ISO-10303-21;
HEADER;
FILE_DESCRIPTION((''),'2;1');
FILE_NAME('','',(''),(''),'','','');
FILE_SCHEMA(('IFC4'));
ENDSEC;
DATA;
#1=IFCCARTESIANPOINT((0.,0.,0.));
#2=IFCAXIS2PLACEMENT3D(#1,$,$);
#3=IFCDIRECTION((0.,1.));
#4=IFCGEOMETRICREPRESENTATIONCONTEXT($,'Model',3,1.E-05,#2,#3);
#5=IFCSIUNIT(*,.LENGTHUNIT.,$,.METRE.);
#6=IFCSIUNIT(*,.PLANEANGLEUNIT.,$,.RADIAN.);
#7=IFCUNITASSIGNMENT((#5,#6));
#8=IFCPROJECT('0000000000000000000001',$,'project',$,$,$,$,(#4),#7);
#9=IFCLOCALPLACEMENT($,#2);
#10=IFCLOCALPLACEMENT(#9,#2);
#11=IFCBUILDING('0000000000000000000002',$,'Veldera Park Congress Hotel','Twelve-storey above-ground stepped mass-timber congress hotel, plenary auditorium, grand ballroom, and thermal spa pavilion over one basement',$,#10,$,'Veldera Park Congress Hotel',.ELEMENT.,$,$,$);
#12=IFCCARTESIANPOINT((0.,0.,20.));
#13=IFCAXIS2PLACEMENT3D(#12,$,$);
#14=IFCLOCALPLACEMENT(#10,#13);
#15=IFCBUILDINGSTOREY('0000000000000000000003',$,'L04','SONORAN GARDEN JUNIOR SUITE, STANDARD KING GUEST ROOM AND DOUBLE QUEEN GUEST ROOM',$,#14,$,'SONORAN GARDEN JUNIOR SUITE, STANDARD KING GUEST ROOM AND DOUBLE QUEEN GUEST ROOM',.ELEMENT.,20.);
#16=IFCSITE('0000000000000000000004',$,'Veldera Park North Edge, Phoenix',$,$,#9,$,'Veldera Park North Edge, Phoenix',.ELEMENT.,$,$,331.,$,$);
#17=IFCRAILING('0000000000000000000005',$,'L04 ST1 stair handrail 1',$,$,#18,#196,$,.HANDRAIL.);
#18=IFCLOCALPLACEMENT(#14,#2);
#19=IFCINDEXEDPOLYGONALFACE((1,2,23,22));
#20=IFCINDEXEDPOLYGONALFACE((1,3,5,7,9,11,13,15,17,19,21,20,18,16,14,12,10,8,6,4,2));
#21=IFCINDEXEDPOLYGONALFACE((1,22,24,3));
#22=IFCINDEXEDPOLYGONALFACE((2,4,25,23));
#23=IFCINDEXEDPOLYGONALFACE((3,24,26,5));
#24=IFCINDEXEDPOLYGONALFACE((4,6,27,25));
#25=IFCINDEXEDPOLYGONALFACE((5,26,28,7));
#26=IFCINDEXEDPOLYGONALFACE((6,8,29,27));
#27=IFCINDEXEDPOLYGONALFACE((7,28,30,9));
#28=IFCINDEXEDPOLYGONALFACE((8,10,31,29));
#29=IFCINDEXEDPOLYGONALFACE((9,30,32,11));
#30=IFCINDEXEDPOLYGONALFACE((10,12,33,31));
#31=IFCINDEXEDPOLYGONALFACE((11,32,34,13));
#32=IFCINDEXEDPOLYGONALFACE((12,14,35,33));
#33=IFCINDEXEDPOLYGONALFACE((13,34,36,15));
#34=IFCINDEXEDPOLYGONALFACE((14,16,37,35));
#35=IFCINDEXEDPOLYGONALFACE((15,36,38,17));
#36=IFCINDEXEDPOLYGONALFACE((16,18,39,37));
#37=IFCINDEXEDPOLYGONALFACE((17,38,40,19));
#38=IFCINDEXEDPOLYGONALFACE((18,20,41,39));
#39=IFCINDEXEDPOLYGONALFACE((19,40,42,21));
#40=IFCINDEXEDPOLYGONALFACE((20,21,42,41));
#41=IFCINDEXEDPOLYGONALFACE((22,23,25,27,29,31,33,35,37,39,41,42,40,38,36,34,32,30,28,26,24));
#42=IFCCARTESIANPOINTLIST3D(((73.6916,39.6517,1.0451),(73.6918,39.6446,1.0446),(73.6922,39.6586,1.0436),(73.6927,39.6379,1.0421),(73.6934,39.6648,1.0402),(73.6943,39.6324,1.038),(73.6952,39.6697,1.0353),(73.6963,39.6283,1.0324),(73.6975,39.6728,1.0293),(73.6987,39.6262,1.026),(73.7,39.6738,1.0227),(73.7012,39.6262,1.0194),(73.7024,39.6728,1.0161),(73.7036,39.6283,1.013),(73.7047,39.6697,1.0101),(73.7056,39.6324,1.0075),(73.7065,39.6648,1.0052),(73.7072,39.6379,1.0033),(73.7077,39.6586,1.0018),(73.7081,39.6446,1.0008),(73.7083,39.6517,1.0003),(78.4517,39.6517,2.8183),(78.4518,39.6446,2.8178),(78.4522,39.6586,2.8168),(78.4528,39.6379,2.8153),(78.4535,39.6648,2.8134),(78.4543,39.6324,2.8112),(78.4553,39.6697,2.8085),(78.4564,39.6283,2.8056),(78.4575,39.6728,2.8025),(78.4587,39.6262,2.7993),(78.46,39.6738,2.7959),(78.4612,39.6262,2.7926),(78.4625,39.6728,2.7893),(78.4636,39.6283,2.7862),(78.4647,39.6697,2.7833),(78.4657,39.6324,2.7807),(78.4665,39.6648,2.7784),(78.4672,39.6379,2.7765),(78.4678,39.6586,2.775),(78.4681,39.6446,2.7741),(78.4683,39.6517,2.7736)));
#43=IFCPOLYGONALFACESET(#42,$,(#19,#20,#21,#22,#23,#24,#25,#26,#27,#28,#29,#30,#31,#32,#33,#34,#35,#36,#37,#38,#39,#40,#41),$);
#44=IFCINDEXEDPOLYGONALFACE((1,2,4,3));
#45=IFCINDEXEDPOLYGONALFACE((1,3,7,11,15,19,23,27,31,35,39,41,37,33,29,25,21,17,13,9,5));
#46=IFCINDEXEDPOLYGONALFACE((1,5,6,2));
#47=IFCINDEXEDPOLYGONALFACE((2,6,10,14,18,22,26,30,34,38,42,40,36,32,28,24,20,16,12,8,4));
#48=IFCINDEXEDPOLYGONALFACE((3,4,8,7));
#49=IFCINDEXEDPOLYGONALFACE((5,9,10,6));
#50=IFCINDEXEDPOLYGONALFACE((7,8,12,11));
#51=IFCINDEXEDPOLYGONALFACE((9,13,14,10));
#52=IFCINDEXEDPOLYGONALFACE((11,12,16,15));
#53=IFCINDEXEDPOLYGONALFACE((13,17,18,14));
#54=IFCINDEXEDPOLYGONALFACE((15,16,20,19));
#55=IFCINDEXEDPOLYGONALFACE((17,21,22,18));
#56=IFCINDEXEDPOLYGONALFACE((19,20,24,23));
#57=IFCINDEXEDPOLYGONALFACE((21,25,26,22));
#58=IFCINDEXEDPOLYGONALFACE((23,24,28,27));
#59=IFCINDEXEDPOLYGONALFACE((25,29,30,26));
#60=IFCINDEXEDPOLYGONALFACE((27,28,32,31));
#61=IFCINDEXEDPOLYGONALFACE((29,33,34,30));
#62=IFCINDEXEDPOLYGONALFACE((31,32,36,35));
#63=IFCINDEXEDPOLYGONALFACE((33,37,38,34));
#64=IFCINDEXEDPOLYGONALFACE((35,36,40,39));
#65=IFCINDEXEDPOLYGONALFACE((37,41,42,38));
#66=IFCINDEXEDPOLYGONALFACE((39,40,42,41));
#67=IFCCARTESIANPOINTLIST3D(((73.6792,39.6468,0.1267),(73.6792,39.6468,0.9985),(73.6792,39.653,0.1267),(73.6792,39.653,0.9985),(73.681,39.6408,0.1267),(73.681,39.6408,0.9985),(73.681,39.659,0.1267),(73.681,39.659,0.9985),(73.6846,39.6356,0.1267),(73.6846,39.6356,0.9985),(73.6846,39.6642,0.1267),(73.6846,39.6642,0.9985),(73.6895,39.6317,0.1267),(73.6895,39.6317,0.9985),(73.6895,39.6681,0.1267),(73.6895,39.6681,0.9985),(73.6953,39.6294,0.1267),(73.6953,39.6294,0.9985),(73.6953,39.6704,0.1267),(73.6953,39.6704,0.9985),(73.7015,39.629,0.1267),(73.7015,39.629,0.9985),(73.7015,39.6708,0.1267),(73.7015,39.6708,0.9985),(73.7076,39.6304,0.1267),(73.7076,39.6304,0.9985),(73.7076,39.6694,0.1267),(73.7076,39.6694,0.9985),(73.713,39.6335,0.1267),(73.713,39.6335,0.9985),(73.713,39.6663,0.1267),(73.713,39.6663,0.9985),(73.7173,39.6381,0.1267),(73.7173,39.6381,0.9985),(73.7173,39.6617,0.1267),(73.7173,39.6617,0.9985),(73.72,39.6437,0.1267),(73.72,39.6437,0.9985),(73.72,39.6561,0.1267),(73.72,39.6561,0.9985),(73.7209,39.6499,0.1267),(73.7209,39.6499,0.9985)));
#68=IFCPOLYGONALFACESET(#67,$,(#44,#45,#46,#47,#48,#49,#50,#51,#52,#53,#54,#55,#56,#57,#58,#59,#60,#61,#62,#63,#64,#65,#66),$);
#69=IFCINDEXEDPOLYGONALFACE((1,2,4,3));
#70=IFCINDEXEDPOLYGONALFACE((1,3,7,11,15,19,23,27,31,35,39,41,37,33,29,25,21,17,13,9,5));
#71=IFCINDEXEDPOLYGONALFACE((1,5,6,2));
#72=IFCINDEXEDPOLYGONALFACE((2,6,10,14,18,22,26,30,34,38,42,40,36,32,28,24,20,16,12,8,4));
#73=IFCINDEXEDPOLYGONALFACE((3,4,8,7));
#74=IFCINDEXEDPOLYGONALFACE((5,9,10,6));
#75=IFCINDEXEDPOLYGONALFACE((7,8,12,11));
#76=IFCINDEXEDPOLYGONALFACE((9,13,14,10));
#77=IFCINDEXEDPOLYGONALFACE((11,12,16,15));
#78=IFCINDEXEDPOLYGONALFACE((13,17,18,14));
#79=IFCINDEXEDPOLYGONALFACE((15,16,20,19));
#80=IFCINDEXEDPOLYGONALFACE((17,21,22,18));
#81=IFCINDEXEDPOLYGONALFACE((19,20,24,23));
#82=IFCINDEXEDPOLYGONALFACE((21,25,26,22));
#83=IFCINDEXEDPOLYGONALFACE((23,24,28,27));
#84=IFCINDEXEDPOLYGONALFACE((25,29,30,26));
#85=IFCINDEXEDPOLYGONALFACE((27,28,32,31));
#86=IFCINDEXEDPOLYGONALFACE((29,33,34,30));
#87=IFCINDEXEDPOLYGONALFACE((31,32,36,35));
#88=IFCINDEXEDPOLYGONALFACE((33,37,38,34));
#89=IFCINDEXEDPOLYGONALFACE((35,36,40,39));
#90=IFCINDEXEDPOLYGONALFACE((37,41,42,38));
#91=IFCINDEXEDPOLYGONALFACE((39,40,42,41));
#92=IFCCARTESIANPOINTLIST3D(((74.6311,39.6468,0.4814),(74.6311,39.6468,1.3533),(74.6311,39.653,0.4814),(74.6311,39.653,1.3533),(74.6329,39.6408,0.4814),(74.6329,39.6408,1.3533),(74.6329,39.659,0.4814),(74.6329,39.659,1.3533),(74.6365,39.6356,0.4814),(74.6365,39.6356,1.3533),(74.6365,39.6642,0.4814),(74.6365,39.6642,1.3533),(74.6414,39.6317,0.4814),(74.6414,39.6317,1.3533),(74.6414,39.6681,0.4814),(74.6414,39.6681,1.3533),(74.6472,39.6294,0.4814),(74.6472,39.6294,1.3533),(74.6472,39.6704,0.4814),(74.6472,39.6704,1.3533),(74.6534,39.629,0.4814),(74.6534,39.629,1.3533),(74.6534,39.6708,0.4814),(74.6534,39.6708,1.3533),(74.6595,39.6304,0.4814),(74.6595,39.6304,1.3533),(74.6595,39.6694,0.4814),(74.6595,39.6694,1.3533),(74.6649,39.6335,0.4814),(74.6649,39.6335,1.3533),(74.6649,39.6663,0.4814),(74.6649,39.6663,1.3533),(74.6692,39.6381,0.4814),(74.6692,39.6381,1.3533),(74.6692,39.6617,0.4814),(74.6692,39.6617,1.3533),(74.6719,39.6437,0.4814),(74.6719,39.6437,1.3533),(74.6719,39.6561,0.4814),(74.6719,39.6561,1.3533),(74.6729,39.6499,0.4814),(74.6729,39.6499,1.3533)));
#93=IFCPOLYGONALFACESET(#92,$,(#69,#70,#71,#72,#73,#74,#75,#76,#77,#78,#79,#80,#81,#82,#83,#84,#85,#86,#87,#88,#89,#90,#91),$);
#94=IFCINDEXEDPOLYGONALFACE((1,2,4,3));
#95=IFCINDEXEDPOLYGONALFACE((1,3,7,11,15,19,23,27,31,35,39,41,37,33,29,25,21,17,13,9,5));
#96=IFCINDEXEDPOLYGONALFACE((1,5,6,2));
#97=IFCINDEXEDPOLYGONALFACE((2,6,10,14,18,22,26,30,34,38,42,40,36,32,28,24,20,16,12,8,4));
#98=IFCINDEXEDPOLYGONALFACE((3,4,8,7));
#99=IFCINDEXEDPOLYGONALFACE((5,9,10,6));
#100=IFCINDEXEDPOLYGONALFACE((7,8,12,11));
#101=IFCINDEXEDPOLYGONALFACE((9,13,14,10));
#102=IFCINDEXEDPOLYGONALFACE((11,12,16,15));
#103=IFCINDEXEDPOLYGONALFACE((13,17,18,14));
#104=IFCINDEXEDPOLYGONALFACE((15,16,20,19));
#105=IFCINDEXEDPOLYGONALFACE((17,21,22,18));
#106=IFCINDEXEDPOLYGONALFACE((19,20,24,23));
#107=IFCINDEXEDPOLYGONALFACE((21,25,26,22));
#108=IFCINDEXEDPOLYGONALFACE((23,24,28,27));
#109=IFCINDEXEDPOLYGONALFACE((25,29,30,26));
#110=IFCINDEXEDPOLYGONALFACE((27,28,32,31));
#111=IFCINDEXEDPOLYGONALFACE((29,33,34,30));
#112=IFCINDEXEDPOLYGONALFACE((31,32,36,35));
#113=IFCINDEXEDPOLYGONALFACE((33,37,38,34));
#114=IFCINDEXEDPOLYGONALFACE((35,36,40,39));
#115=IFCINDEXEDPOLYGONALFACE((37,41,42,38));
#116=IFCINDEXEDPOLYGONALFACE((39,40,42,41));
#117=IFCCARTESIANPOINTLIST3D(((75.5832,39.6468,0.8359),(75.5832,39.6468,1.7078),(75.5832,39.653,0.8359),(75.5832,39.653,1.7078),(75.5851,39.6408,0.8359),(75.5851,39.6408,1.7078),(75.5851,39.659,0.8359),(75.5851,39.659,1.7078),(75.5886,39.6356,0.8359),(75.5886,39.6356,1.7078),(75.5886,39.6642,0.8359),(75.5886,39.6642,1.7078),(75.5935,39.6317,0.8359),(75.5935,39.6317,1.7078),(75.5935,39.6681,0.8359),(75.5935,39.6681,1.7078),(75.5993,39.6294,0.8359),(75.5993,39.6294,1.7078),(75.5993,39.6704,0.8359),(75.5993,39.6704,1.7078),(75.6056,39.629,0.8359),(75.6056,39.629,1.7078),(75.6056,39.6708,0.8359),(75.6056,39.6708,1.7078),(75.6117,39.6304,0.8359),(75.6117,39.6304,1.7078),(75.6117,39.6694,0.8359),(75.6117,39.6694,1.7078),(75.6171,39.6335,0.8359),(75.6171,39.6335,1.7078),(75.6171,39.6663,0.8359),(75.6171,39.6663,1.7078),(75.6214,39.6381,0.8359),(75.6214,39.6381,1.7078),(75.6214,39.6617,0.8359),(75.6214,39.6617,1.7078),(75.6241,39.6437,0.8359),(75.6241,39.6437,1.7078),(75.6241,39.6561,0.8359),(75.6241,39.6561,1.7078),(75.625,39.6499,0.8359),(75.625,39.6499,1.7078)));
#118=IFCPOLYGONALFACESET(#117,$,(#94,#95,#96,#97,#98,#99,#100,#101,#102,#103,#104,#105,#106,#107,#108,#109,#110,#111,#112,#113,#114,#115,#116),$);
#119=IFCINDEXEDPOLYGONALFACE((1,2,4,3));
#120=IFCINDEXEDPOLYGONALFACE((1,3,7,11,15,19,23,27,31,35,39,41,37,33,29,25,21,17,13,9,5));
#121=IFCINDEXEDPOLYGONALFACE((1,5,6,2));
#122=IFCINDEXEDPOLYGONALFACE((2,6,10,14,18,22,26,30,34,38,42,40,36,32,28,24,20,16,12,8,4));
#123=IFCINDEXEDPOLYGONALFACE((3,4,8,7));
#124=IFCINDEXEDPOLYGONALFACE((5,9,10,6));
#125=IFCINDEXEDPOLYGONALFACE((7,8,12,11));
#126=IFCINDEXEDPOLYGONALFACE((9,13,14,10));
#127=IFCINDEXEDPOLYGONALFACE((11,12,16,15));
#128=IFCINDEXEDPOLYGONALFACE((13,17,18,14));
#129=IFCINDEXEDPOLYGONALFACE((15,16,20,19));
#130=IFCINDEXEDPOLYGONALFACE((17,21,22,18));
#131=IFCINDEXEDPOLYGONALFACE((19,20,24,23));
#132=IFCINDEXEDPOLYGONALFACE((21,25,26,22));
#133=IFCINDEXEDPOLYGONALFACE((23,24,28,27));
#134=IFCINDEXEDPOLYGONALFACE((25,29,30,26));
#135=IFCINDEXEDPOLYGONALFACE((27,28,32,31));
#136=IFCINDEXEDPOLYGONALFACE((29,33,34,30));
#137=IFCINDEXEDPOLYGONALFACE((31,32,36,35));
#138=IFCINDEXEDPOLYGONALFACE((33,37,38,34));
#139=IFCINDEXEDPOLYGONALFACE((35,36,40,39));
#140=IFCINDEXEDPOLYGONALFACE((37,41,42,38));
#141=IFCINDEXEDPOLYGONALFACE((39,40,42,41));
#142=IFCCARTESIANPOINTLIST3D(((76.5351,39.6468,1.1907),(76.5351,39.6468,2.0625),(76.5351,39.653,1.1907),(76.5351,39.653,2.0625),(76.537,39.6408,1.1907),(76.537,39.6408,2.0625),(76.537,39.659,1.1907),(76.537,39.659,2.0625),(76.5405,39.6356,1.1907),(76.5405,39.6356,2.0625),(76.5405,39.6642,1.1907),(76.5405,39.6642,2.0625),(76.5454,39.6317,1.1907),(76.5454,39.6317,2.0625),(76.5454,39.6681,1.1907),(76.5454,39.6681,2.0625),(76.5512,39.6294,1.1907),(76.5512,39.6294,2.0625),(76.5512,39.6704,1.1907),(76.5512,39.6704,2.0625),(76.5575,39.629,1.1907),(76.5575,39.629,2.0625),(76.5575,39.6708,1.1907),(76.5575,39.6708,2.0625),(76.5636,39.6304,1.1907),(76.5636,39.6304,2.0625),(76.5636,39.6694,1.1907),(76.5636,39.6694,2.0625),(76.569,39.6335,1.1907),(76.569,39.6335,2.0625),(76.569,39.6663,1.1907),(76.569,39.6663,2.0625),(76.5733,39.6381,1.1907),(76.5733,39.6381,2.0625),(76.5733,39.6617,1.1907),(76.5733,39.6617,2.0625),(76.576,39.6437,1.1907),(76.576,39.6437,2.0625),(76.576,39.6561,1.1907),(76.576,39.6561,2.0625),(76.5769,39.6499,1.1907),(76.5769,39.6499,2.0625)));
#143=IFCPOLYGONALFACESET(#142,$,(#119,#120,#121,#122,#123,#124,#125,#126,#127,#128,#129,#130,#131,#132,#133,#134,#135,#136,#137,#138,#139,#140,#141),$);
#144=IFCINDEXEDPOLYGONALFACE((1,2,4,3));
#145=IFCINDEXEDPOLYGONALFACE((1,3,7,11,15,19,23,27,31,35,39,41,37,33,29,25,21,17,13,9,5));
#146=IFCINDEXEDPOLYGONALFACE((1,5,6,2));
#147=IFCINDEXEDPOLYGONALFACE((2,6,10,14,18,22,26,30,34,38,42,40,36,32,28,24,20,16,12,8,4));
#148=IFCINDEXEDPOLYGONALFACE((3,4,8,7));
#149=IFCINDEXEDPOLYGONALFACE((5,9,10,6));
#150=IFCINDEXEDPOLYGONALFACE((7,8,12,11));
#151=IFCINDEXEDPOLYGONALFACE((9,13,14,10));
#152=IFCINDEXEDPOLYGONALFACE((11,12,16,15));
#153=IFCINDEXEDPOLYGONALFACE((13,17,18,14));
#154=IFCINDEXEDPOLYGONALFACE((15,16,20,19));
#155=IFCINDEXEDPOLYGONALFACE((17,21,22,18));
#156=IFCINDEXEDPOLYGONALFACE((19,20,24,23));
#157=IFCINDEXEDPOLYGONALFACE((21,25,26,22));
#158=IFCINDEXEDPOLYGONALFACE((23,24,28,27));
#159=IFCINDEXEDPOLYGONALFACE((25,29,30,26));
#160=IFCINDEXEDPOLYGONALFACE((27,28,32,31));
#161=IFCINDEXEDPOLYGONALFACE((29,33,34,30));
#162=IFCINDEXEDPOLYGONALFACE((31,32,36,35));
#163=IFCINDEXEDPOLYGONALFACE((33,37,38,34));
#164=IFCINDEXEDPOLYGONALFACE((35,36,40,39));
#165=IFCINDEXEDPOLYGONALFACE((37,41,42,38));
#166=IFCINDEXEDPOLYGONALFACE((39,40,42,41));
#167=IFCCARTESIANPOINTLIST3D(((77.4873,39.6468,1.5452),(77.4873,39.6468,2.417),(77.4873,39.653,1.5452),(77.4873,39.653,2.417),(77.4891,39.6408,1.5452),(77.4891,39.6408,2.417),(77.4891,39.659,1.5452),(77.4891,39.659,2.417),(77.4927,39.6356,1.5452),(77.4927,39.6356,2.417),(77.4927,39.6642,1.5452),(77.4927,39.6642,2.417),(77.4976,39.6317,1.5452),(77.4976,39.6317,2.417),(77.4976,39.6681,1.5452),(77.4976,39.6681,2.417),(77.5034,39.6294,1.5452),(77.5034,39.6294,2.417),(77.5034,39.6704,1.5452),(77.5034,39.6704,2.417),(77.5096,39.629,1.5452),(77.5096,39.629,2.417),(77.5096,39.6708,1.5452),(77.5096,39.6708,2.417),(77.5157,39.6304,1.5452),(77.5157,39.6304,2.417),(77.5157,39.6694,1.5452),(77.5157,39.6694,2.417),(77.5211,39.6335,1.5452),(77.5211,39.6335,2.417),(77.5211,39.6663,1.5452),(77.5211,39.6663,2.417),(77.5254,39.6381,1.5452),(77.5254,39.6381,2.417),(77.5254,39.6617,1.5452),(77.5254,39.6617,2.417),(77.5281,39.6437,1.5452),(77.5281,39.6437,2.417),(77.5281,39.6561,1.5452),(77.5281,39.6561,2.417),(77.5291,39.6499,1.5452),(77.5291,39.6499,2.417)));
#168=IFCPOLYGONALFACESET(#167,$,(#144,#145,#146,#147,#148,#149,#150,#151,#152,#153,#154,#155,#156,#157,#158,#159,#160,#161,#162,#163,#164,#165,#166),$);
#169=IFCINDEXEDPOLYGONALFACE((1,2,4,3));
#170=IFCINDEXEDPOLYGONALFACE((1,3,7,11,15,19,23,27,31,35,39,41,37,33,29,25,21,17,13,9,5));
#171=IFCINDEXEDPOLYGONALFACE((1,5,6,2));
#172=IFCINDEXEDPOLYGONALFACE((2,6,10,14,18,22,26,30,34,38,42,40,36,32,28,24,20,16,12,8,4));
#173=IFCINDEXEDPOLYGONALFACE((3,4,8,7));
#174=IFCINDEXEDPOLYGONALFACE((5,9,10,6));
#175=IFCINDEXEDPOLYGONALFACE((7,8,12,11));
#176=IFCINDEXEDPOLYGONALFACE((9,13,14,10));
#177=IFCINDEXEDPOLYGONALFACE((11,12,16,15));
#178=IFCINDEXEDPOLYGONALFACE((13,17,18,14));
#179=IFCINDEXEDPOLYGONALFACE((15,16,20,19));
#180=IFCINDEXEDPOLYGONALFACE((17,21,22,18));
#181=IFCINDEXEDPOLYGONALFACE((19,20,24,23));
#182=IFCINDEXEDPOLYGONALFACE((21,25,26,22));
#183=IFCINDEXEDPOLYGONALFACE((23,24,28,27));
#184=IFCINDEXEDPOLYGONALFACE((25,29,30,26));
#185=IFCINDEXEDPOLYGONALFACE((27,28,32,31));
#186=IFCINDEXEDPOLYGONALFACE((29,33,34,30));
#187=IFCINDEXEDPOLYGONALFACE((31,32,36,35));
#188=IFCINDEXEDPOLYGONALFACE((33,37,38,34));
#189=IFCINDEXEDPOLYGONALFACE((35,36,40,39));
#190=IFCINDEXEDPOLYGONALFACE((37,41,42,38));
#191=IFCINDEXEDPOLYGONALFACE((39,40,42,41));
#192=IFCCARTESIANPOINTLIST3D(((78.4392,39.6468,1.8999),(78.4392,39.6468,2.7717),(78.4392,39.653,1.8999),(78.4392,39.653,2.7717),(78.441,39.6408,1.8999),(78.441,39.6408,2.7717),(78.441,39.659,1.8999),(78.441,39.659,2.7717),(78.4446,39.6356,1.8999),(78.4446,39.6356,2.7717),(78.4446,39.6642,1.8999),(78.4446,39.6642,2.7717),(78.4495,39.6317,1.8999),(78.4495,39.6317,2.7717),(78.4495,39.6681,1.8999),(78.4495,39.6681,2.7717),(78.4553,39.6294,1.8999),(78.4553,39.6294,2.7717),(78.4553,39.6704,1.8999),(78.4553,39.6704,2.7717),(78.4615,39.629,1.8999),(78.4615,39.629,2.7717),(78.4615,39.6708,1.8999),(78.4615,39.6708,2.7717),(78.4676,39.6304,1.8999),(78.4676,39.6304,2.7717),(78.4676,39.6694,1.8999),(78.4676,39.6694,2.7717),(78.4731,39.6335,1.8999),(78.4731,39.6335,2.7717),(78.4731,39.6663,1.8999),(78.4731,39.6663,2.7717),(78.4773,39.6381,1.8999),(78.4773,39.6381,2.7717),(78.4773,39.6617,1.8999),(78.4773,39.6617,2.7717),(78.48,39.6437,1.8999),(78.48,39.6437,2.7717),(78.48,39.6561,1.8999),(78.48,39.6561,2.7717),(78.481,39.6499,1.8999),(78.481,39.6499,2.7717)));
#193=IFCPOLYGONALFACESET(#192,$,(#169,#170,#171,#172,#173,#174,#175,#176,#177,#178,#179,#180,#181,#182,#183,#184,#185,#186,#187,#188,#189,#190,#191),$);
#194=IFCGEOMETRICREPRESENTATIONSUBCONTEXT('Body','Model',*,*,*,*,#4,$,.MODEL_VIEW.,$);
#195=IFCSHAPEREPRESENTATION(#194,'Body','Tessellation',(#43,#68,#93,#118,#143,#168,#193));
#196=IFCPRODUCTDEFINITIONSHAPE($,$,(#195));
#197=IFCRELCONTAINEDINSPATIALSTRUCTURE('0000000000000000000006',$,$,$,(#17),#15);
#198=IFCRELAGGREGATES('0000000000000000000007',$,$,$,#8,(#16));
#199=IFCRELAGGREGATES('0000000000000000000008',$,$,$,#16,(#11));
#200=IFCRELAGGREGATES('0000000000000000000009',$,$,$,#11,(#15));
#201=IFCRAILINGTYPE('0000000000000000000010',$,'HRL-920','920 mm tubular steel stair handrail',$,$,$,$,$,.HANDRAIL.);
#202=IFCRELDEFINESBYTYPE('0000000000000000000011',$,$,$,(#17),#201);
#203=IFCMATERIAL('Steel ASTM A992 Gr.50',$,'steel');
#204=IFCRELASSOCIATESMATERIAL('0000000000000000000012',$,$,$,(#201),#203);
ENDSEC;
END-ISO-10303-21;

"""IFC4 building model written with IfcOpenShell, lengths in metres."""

from ifc_helpers import new_model, si_unit, direction, frame, origin, origin_2d, place, context, subcontext, project, spatial, circle, extrude, material, type_object, element, save


model = new_model("IFC4")

# Units and contexts
model_context = context("Model", 3, precision=1e-05, world=origin(), true_north=direction((0.0, 1.0)))
body_context = subcontext(model_context, "Body", "Model", "MODEL_VIEW")
ifc_project = project(units=[si_unit("LENGTHUNIT", "METRE"), si_unit("PLANEANGLEUNIT", "RADIAN")], contexts=[model_context])

# Site, building, storey
site_placement = place(None, origin())
site = spatial("IfcSite", under=ifc_project, at=site_placement, Name="Veldera Park North Edge, Phoenix", LongName="Veldera Park North Edge, Phoenix", CompositionType="ELEMENT", RefElevation=331.0)
building_placement = place(site_placement, origin())
building = spatial("IfcBuilding", under=site, at=building_placement, Name="Veldera Park Congress Hotel", Description="Twelve-storey above-ground stepped mass-timber congress hotel, plenary auditorium, grand ballroom, and thermal spa pavilion over one basement", LongName="Veldera Park Congress Hotel", CompositionType="ELEMENT")
storey_placement = place(building_placement, frame((0.0, 0.0, 20.0)))
storey = spatial("IfcBuildingStorey", under=building, at=storey_placement, Name="L04", Description="SONORAN GARDEN JUNIOR SUITE, STANDARD KING GUEST ROOM AND DOUBLE QUEEN GUEST ROOM", LongName="SONORAN GARDEN JUNIOR SUITE, STANDARD KING GUEST ROOM AND DOUBLE QUEEN GUEST ROOM", CompositionType="ELEMENT", Elevation=20.0)

# Railing
ifc_material_1 = material(Name="Steel ASTM A992 Gr.50", Category="steel")
railing_type_1 = type_object("IfcRailingType", Name="HRL-920", Description="920 mm tubular steel stair handrail", PredefinedType="HANDRAIL", material=ifc_material_1)
railing_1_placement = place(storey_placement, frame((73.7, 39.6499, 0.1267)))
element("IfcRailing", 1, at=railing_1_placement, inside=storey, type_object=railing_type_1, Name="L04 ST1 stair handrail 1", PredefinedType="HANDRAIL", context=body_context, shape_type="SweptSolid", body=[
    extrude(circle(Radius=0.0239, at=origin_2d()), frame((0.0, 0.0, 0.896), z_axis=(0.937091, 0.0, 0.349084), x_axis=(0.0, 1.0, 0.0)), (0.0, 0.0, 1.0), 5.0796),
    extrude(circle(Radius=0.021, at=origin_2d()), origin(), (0.0, 0.0, 1.0), 0.8718),
    extrude(circle(Radius=0.021, at=origin_2d()), frame((0.9519, 0.0, 0.3547)), (0.0, 0.0, 1.0), 0.8718),
    extrude(circle(Radius=0.021, at=origin_2d()), frame((1.9041, 0.0, 0.7092)), (0.0, 0.0, 1.0), 0.8718),
    extrude(circle(Radius=0.021, at=origin_2d()), frame((2.856, 0.0, 1.064)), (0.0, 0.0, 1.0), 0.8718),
    extrude(circle(Radius=0.021, at=origin_2d()), frame((3.8081, 0.0, 1.4185)), (0.0, 0.0, 1.0), 0.8718),
    extrude(circle(Radius=0.021, at=origin_2d()), frame((4.76, 0.0, 1.7732)), (0.0, 0.0, 1.0), 0.8718),
])

save(model, "model.ifc")
